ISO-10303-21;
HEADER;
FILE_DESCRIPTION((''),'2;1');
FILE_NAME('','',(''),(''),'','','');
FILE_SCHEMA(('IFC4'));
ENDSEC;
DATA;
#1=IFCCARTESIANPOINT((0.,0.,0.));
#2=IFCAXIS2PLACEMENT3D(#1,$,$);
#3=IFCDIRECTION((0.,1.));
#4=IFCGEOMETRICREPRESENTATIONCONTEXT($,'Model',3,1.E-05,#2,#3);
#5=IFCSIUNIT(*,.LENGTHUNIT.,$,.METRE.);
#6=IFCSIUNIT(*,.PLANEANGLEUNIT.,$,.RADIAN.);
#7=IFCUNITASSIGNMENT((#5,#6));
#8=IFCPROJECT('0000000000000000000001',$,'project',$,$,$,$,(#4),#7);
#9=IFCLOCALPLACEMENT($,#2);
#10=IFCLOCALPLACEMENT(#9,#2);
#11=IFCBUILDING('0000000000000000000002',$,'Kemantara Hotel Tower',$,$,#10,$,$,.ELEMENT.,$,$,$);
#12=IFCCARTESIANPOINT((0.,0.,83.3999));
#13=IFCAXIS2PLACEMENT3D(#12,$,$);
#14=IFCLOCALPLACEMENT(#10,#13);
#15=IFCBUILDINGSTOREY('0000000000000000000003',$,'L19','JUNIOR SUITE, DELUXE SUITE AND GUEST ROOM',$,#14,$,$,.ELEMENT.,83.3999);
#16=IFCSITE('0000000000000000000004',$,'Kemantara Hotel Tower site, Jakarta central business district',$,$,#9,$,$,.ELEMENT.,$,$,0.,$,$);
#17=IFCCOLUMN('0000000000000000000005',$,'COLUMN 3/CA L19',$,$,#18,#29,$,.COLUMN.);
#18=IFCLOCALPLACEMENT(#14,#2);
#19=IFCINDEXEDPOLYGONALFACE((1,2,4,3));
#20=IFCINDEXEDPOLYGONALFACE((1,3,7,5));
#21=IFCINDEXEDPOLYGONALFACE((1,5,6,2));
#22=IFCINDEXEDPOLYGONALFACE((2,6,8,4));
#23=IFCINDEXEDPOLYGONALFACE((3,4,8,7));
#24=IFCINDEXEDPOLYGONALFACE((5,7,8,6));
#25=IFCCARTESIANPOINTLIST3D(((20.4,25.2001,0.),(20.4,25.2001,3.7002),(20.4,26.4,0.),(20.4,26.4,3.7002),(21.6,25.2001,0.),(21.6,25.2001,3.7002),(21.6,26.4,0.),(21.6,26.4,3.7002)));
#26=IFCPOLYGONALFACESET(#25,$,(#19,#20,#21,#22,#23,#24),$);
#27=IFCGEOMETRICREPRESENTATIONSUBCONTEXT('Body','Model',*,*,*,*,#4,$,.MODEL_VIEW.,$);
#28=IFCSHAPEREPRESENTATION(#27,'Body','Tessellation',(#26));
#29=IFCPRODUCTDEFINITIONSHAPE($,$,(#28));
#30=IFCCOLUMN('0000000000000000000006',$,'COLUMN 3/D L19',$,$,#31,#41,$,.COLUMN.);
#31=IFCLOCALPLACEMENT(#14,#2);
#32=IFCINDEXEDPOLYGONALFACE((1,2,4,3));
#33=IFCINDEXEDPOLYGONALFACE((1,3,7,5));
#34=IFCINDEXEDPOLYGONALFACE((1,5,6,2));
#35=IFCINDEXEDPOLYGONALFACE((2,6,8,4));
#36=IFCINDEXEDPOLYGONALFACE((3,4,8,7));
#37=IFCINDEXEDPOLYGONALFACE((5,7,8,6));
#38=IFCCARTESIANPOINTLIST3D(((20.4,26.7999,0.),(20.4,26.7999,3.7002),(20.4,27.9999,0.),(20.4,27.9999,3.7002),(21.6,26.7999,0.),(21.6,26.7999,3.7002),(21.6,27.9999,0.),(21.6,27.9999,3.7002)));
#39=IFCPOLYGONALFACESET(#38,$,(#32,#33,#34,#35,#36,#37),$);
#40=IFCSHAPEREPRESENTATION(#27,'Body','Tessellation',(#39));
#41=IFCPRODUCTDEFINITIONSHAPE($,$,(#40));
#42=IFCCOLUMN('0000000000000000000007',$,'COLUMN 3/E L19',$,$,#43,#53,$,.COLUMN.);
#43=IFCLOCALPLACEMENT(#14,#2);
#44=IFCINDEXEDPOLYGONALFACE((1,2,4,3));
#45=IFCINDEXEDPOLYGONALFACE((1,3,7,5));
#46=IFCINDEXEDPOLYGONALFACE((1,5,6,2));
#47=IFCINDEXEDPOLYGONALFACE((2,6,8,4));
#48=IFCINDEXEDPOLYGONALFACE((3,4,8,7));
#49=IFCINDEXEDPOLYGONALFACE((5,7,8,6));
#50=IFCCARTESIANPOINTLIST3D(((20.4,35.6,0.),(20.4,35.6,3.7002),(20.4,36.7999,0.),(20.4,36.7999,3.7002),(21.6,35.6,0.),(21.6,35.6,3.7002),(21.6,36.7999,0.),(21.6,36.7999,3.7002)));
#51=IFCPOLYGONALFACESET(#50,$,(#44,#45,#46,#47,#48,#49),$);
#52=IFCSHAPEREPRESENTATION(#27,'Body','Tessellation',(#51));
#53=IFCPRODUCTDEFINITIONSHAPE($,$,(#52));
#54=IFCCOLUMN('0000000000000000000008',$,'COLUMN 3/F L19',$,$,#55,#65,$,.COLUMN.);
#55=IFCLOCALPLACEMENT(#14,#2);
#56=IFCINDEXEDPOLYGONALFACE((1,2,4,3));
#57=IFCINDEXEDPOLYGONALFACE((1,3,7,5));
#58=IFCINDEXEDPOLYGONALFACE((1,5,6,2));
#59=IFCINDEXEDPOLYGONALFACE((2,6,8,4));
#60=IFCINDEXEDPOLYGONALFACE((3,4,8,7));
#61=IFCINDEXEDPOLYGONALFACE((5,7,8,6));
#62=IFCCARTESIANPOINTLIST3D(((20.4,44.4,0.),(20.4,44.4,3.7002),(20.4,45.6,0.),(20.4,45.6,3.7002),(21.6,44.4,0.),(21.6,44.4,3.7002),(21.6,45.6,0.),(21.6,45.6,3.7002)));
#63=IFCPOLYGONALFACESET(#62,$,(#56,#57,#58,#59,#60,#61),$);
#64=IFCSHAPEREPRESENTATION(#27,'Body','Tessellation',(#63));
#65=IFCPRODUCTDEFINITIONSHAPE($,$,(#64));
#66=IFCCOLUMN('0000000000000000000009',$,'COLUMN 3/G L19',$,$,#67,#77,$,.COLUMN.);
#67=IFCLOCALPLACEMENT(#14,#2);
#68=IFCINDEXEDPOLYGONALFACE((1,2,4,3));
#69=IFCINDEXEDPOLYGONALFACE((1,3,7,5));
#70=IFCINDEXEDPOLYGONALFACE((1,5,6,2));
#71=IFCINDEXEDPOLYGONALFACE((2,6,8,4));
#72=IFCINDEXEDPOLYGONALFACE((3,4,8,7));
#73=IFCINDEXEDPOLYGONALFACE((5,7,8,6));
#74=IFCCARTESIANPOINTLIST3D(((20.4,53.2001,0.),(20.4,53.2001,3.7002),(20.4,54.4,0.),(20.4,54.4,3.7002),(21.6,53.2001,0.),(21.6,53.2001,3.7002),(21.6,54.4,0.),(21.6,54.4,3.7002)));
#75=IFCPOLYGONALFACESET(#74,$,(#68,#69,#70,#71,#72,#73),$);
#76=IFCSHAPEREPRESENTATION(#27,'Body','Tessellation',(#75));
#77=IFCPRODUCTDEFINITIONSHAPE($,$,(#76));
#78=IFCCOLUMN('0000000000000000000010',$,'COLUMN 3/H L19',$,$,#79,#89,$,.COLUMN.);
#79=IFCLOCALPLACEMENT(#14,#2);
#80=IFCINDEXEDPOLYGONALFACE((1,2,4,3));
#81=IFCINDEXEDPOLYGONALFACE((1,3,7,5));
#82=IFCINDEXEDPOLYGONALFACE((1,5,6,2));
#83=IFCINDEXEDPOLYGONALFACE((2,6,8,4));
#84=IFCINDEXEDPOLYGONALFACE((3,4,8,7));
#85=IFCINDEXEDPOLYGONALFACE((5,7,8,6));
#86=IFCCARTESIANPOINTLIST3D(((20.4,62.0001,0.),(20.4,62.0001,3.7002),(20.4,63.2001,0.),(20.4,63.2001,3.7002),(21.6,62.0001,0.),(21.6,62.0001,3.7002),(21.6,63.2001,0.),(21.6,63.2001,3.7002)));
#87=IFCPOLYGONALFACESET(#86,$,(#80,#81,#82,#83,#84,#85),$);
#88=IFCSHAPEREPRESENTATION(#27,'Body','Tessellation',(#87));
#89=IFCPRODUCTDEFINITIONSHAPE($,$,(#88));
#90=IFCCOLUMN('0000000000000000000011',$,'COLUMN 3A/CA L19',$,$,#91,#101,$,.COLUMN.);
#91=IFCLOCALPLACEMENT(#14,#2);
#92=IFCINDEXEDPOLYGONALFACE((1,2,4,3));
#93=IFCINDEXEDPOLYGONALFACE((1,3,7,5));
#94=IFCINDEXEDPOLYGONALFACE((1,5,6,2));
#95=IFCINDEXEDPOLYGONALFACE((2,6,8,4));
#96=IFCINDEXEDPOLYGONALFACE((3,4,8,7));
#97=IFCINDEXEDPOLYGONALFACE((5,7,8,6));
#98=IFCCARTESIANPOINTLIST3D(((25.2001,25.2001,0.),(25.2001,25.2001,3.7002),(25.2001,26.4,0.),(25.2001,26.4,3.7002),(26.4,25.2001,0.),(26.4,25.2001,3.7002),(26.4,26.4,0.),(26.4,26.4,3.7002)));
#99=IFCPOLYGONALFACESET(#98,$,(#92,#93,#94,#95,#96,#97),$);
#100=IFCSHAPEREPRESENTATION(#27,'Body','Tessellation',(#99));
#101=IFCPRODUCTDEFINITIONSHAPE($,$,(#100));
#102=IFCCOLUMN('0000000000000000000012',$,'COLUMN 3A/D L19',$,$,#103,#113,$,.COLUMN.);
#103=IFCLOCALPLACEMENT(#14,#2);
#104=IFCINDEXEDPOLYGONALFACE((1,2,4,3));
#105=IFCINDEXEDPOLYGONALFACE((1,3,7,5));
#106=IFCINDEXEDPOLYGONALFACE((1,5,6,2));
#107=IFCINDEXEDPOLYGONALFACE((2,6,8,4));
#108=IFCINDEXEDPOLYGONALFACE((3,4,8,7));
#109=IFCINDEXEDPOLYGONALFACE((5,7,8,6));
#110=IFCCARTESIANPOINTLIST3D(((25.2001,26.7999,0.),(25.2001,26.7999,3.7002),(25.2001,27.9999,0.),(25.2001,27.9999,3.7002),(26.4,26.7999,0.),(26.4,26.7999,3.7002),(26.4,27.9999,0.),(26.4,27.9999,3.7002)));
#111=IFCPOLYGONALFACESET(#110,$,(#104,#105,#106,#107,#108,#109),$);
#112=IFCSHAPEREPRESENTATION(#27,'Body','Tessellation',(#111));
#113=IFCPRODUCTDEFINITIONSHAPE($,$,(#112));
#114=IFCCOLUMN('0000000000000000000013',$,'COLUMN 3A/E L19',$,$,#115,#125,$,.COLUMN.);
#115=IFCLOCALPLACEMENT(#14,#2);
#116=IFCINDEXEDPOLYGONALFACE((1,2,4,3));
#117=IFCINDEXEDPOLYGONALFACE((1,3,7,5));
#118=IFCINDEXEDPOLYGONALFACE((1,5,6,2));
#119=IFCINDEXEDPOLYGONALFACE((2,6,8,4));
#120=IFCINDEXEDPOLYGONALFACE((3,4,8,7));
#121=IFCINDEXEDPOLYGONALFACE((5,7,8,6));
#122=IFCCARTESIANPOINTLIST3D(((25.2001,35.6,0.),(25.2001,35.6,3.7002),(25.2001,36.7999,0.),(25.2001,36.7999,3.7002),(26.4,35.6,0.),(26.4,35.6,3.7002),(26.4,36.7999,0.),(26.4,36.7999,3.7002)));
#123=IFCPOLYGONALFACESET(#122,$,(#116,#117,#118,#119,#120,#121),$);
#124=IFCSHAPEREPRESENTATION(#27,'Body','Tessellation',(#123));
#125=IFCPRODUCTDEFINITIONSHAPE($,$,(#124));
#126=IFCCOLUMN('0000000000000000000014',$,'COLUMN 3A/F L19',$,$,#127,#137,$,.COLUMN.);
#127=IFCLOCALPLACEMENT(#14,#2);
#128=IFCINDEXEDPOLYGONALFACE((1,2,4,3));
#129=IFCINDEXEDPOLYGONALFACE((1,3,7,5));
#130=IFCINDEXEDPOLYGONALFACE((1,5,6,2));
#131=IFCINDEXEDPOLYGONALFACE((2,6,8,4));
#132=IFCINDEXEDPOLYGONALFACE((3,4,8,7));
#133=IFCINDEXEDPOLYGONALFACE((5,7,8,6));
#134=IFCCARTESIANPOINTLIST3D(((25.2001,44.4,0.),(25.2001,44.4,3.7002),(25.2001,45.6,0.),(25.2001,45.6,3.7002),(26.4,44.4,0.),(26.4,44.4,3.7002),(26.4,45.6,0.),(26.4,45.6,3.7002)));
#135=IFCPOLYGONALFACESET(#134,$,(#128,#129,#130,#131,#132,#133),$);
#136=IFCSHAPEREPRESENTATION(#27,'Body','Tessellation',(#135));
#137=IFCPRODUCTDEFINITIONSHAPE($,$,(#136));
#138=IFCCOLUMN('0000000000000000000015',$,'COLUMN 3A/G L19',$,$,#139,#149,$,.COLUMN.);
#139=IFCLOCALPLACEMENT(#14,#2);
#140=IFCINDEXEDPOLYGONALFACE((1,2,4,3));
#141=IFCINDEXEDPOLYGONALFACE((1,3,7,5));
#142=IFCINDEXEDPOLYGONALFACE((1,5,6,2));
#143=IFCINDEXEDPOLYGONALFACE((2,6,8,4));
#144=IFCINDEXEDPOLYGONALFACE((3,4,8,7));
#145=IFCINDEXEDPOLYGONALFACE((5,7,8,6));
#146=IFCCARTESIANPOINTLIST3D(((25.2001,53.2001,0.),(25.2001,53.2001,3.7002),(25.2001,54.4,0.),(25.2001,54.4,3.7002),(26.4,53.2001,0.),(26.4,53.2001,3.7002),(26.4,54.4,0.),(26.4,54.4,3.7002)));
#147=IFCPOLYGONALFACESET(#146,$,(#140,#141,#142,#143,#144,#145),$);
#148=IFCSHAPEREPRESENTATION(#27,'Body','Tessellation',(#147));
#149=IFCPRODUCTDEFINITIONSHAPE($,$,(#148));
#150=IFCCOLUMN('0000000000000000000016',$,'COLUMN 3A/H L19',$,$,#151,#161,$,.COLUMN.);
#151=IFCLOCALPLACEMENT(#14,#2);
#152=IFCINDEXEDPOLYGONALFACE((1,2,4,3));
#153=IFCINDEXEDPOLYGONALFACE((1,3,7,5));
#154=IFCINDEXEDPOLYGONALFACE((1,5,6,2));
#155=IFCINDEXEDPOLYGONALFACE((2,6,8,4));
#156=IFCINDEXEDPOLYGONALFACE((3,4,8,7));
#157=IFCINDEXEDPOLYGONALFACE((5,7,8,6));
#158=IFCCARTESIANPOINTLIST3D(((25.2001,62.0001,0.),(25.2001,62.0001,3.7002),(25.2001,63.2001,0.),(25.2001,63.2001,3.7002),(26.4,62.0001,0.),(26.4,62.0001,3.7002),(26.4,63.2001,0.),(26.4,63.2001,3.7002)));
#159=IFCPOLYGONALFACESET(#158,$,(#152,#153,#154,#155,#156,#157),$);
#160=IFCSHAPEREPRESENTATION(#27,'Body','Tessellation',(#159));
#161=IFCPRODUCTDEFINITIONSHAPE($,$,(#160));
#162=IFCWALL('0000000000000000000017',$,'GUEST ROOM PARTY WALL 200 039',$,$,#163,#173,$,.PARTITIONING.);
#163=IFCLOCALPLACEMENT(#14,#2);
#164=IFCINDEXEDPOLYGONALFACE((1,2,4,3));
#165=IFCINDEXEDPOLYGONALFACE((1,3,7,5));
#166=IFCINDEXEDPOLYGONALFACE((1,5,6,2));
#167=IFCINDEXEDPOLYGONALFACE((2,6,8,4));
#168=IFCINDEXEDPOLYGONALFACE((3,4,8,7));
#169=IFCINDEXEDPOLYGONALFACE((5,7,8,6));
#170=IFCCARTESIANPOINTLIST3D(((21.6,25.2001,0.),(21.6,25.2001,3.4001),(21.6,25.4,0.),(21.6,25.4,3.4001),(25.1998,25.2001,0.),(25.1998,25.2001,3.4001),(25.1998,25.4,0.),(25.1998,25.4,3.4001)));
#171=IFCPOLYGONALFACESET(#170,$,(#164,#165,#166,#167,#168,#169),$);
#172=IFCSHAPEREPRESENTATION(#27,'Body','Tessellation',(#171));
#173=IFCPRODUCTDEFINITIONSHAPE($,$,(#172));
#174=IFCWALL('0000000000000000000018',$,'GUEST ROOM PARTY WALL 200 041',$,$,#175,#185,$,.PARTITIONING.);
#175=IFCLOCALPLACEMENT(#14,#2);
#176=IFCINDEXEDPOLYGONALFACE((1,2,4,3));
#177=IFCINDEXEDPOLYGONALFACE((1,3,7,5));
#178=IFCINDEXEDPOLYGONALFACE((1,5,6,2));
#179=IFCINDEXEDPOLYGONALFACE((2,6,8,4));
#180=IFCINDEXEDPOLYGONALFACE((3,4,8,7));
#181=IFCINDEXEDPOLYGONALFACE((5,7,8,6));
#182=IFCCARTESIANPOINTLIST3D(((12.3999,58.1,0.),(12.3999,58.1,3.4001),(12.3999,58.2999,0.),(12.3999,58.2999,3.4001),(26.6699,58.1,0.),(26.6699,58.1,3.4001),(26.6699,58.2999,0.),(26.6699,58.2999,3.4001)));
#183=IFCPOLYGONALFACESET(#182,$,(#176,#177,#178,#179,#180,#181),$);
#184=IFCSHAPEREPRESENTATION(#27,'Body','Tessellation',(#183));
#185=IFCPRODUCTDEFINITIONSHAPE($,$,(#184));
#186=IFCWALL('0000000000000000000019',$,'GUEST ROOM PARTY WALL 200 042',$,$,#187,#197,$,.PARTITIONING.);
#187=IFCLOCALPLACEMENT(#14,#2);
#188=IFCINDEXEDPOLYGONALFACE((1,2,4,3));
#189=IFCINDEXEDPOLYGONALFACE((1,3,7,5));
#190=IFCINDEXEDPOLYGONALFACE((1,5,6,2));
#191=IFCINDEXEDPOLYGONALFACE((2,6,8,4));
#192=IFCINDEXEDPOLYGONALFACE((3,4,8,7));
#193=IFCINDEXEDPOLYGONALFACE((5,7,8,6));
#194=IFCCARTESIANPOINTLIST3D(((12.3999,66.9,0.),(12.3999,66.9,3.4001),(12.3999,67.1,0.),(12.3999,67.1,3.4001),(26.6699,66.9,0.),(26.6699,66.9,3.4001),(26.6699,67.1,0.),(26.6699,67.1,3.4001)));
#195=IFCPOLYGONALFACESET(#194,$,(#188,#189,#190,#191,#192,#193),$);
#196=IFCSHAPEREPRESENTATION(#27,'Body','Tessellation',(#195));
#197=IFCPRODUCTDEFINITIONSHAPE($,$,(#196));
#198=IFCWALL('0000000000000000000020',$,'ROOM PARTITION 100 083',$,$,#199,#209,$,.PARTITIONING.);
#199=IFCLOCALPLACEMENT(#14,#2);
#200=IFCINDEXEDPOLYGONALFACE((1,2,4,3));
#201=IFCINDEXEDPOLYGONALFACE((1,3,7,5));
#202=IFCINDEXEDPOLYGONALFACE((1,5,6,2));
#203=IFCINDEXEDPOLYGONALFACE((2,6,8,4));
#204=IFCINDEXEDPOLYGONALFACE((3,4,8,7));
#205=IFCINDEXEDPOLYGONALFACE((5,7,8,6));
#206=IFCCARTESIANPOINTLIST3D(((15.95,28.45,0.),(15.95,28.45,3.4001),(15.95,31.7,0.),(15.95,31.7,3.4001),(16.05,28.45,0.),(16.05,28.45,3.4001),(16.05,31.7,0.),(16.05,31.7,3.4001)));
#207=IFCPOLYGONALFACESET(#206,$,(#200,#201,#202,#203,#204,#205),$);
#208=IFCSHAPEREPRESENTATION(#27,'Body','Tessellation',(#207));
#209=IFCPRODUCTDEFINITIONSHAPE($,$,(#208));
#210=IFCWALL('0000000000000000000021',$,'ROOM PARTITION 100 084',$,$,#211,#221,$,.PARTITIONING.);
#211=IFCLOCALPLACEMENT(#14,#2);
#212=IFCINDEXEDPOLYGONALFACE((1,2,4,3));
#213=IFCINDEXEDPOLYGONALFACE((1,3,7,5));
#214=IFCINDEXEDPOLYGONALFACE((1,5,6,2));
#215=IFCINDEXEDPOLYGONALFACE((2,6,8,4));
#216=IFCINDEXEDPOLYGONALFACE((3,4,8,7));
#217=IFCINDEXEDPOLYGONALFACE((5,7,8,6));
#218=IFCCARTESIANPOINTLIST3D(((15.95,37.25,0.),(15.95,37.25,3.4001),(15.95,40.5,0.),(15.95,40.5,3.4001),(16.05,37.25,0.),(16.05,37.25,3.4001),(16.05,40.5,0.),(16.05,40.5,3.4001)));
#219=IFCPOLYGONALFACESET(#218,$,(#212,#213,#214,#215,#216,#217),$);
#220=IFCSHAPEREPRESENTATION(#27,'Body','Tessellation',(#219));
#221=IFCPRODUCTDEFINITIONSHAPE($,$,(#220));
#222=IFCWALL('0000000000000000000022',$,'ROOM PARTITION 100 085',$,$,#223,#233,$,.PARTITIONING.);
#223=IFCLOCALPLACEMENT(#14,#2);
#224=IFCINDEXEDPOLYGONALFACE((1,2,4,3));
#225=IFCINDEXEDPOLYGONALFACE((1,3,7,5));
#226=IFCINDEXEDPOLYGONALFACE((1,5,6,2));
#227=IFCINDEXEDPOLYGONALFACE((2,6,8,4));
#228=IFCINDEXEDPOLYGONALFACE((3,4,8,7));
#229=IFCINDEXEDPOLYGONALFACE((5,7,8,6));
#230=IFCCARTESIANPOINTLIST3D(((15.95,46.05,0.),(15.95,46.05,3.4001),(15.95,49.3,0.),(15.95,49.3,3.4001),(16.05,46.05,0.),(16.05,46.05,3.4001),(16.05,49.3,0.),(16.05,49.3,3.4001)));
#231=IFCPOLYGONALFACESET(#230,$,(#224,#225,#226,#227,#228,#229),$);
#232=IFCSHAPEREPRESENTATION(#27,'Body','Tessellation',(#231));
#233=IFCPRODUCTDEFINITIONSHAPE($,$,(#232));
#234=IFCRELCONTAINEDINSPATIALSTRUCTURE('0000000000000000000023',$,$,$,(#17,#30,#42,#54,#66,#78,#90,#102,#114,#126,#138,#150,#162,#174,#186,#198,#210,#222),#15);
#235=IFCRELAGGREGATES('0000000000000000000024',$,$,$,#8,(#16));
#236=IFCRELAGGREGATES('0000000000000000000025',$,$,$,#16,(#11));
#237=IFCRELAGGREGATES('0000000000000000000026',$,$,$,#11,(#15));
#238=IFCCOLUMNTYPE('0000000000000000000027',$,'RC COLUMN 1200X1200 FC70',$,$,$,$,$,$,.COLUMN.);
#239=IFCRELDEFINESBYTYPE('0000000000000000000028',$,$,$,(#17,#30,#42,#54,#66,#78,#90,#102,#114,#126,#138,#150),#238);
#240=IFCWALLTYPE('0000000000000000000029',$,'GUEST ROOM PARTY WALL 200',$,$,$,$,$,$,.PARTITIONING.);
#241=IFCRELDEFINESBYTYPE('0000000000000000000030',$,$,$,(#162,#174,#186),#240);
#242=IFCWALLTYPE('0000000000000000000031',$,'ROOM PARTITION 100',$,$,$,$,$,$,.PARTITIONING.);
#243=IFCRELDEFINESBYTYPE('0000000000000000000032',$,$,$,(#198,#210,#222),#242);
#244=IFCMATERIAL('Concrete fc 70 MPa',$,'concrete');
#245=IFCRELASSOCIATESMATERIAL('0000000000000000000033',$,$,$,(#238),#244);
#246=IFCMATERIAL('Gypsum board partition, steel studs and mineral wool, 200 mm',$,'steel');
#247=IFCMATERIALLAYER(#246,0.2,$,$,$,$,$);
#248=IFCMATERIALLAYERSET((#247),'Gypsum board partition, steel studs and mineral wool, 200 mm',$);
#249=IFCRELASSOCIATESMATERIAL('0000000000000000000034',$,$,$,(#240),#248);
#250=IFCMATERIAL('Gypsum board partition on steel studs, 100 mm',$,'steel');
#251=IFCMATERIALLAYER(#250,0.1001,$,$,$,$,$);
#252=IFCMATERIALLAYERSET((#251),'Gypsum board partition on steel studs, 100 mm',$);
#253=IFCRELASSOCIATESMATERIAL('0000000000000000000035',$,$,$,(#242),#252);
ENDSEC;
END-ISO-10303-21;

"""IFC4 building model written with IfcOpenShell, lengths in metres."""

from ifc_helpers import new_model, si_unit, direction, frame, frame_2d, origin, origin_2d, place, context, subcontext, project, spatial, rectangle, extrude, material, layer, layer_set, material_profile, profile_set, type_object, element, save


model = new_model("IFC4")

# Units and contexts
model_context = context("Model", 3, precision=1e-05, world=origin(), true_north=direction((0.0, 1.0)))
body_context = subcontext(model_context, "Body", "Model", "MODEL_VIEW")
ifc_project = project(units=[si_unit("LENGTHUNIT", "METRE"), si_unit("PLANEANGLEUNIT", "RADIAN")], contexts=[model_context])

# Site, building, storey
site_placement = place(None, origin())
site = spatial("IfcSite", under=ifc_project, at=site_placement, Name="Kemantara Hotel Tower site, Jakarta central business district", CompositionType="ELEMENT", RefElevation=0.0)
building_placement = place(site_placement, origin())
building = spatial("IfcBuilding", under=site, at=building_placement, Name="Kemantara Hotel Tower", CompositionType="ELEMENT")
storey_placement = place(building_placement, frame((0.0, 0.0, 83.3999)))
storey = spatial("IfcBuildingStorey", under=building, at=storey_placement, Name="L19", Description="JUNIOR SUITE, DELUXE SUITE AND GUEST ROOM", CompositionType="ELEMENT", Elevation=83.3999)

# Columns
ifc_material_1 = material(Name="Concrete fc 70 MPa", Category="concrete")
ifc_material_profile = material_profile(ifc_material_1, rectangle(XDim=1.2, YDim=1.2, at=origin_2d()), Name="RC 1200X1200")
ifc_profile_set = profile_set([ifc_material_profile], Name="Concrete fc 70 MPa")
column_type = type_object("IfcColumnType", Name="RC COLUMN 1200X1200 FC70", PredefinedType="COLUMN", material=ifc_profile_set)
for number, where, z_axis, x_axis, name in (
    (1, (21.0, 25.8, 0.0), (0.0, 0.0, 1.0), (1.0, 0.0, 0.0), "COLUMN 3/CA L19"),
    (2, (21.0, 27.3999, 0.0), (0.0, 0.0, 1.0), (1.0, 0.0, 0.0), "COLUMN 3/D L19"),
    (3, (21.0, 36.2, 0.0), (0.0, 0.0, 1.0), (1.0, 0.0, 0.0), "COLUMN 3/E L19"),
    (4, (21.0, 45.0, 0.0), (0.0, 0.0, 1.0), (1.0, 0.0, 0.0), "COLUMN 3/F L19"),
    (5, (21.0, 53.8, 0.0), (0.0, 0.0, 1.0), (1.0, 0.0, 0.0), "COLUMN 3/G L19"),
    (6, (21.0, 62.6001, 0.0), (0.0, 0.0, 1.0), (1.0, 0.0, 0.0), "COLUMN 3/H L19"),
    (7, (25.8, 25.8, 0.0), (0.0, 0.0, 1.0), (1.0, 0.0, 0.0), "COLUMN 3A/CA L19"),
    (8, (25.8, 27.3999, 0.0), (0.0, 0.0, 1.0), (1.0, 0.0, 0.0), "COLUMN 3A/D L19"),
    (9, (25.8, 36.2, 0.0), (0.0, 0.0, 1.0), (1.0, 0.0, 0.0), "COLUMN 3A/E L19"),
    (10, (25.8, 45.0, 0.0), (0.0, 0.0, 1.0), (1.0, 0.0, 0.0), "COLUMN 3A/F L19"),
    (11, (25.8, 53.8, 0.0), (0.0, 0.0, 1.0), (1.0, 0.0, 0.0), "COLUMN 3A/G L19"),
    (12, (25.8, 62.6001, 0.0), (0.0, 0.0, 1.0), (1.0, 0.0, 0.0), "COLUMN 3A/H L19"),
):
    element("IfcColumn", number, at=place(storey_placement, frame(where, z_axis=z_axis, x_axis=x_axis)), inside=storey, type_object=column_type, Name=name, PredefinedType="COLUMN", context=body_context, shape_type="SweptSolid", body=[
        extrude(rectangle(XDim=1.2, YDim=1.2, at=origin_2d()), origin(), (0.0, 0.0, 1.0), 3.7002),
    ])

# Walls
ifc_material_2 = material(Name="Gypsum board partition, steel studs and mineral wool, 200 mm", Category="steel")
ifc_layer_1 = layer(ifc_material_2, 0.2)
ifc_layer_set_1 = layer_set([ifc_layer_1], Name="Gypsum board partition, steel studs and mineral wool, 200 mm")
wall_type_1 = type_object("IfcWallType", Name="GUEST ROOM PARTY WALL 200", PredefinedType="PARTITIONING", material=ifc_layer_set_1)
wall_1_placement = place(storey_placement, frame((21.6001, 25.3, 0.0), z_axis=(0.0, 0.0, 1.0), x_axis=(1.0, 0.0, 0.0)))
element("IfcWall", 13, at=wall_1_placement, inside=storey, type_object=wall_type_1, Name="GUEST ROOM PARTY WALL 200 039", PredefinedType="PARTITIONING", context=body_context, shape_type="SweptSolid", body=[
    extrude(rectangle(XDim=3.5999, YDim=0.2, at=frame_2d((1.7998, 0.0))), origin(), (0.0, 0.0, 1.0), 3.4001),
])
for number, where, z_axis, x_axis, name in (
    (14, (12.3999, 58.2, 0.0), (0.0, 0.0, 1.0), (1.0, 0.0, 0.0), "GUEST ROOM PARTY WALL 200 041"),
    (15, (12.3999, 67.0, 0.0), (0.0, 0.0, 1.0), (1.0, 0.0, 0.0), "GUEST ROOM PARTY WALL 200 042"),
):
    element("IfcWall", number, at=place(storey_placement, frame(where, z_axis=z_axis, x_axis=x_axis)), inside=storey, type_object=wall_type_1, Name=name, PredefinedType="PARTITIONING", context=body_context, shape_type="SweptSolid", body=[
        extrude(rectangle(XDim=14.27, YDim=0.2, at=frame_2d((7.135, 0.0))), origin(), (0.0, 0.0, 1.0), 3.4001),
    ])
ifc_material_3 = material(Name="Gypsum board partition on steel studs, 100 mm", Category="steel")
ifc_layer_2 = layer(ifc_material_3, 0.1001)
ifc_layer_set_2 = layer_set([ifc_layer_2], Name="Gypsum board partition on steel studs, 100 mm")
wall_type_2 = type_object("IfcWallType", Name="ROOM PARTITION 100", PredefinedType="PARTITIONING", material=ifc_layer_set_2)
for number, where, z_axis, x_axis, name in (
    (16, (16.0, 28.45, 0.0), (0.0, 0.0, 1.0), (0.0, 1.0, 0.0), "ROOM PARTITION 100 083"),
    (17, (16.0, 37.25, 0.0), (0.0, 0.0, 1.0), (0.0, 1.0, 0.0), "ROOM PARTITION 100 084"),
    (18, (16.0, 46.05, 0.0), (0.0, 0.0, 1.0), (0.0, 1.0, 0.0), "ROOM PARTITION 100 085"),
):
    element("IfcWall", number, at=place(storey_placement, frame(where, z_axis=z_axis, x_axis=x_axis)), inside=storey, type_object=wall_type_2, Name=name, PredefinedType="PARTITIONING", context=body_context, shape_type="SweptSolid", body=[
        extrude(rectangle(XDim=3.25, YDim=0.1001, at=frame_2d((1.625, 0.0))), origin(), (0.0, 0.0, 1.0), 3.4001),
    ])

save(model, "model.ifc")
